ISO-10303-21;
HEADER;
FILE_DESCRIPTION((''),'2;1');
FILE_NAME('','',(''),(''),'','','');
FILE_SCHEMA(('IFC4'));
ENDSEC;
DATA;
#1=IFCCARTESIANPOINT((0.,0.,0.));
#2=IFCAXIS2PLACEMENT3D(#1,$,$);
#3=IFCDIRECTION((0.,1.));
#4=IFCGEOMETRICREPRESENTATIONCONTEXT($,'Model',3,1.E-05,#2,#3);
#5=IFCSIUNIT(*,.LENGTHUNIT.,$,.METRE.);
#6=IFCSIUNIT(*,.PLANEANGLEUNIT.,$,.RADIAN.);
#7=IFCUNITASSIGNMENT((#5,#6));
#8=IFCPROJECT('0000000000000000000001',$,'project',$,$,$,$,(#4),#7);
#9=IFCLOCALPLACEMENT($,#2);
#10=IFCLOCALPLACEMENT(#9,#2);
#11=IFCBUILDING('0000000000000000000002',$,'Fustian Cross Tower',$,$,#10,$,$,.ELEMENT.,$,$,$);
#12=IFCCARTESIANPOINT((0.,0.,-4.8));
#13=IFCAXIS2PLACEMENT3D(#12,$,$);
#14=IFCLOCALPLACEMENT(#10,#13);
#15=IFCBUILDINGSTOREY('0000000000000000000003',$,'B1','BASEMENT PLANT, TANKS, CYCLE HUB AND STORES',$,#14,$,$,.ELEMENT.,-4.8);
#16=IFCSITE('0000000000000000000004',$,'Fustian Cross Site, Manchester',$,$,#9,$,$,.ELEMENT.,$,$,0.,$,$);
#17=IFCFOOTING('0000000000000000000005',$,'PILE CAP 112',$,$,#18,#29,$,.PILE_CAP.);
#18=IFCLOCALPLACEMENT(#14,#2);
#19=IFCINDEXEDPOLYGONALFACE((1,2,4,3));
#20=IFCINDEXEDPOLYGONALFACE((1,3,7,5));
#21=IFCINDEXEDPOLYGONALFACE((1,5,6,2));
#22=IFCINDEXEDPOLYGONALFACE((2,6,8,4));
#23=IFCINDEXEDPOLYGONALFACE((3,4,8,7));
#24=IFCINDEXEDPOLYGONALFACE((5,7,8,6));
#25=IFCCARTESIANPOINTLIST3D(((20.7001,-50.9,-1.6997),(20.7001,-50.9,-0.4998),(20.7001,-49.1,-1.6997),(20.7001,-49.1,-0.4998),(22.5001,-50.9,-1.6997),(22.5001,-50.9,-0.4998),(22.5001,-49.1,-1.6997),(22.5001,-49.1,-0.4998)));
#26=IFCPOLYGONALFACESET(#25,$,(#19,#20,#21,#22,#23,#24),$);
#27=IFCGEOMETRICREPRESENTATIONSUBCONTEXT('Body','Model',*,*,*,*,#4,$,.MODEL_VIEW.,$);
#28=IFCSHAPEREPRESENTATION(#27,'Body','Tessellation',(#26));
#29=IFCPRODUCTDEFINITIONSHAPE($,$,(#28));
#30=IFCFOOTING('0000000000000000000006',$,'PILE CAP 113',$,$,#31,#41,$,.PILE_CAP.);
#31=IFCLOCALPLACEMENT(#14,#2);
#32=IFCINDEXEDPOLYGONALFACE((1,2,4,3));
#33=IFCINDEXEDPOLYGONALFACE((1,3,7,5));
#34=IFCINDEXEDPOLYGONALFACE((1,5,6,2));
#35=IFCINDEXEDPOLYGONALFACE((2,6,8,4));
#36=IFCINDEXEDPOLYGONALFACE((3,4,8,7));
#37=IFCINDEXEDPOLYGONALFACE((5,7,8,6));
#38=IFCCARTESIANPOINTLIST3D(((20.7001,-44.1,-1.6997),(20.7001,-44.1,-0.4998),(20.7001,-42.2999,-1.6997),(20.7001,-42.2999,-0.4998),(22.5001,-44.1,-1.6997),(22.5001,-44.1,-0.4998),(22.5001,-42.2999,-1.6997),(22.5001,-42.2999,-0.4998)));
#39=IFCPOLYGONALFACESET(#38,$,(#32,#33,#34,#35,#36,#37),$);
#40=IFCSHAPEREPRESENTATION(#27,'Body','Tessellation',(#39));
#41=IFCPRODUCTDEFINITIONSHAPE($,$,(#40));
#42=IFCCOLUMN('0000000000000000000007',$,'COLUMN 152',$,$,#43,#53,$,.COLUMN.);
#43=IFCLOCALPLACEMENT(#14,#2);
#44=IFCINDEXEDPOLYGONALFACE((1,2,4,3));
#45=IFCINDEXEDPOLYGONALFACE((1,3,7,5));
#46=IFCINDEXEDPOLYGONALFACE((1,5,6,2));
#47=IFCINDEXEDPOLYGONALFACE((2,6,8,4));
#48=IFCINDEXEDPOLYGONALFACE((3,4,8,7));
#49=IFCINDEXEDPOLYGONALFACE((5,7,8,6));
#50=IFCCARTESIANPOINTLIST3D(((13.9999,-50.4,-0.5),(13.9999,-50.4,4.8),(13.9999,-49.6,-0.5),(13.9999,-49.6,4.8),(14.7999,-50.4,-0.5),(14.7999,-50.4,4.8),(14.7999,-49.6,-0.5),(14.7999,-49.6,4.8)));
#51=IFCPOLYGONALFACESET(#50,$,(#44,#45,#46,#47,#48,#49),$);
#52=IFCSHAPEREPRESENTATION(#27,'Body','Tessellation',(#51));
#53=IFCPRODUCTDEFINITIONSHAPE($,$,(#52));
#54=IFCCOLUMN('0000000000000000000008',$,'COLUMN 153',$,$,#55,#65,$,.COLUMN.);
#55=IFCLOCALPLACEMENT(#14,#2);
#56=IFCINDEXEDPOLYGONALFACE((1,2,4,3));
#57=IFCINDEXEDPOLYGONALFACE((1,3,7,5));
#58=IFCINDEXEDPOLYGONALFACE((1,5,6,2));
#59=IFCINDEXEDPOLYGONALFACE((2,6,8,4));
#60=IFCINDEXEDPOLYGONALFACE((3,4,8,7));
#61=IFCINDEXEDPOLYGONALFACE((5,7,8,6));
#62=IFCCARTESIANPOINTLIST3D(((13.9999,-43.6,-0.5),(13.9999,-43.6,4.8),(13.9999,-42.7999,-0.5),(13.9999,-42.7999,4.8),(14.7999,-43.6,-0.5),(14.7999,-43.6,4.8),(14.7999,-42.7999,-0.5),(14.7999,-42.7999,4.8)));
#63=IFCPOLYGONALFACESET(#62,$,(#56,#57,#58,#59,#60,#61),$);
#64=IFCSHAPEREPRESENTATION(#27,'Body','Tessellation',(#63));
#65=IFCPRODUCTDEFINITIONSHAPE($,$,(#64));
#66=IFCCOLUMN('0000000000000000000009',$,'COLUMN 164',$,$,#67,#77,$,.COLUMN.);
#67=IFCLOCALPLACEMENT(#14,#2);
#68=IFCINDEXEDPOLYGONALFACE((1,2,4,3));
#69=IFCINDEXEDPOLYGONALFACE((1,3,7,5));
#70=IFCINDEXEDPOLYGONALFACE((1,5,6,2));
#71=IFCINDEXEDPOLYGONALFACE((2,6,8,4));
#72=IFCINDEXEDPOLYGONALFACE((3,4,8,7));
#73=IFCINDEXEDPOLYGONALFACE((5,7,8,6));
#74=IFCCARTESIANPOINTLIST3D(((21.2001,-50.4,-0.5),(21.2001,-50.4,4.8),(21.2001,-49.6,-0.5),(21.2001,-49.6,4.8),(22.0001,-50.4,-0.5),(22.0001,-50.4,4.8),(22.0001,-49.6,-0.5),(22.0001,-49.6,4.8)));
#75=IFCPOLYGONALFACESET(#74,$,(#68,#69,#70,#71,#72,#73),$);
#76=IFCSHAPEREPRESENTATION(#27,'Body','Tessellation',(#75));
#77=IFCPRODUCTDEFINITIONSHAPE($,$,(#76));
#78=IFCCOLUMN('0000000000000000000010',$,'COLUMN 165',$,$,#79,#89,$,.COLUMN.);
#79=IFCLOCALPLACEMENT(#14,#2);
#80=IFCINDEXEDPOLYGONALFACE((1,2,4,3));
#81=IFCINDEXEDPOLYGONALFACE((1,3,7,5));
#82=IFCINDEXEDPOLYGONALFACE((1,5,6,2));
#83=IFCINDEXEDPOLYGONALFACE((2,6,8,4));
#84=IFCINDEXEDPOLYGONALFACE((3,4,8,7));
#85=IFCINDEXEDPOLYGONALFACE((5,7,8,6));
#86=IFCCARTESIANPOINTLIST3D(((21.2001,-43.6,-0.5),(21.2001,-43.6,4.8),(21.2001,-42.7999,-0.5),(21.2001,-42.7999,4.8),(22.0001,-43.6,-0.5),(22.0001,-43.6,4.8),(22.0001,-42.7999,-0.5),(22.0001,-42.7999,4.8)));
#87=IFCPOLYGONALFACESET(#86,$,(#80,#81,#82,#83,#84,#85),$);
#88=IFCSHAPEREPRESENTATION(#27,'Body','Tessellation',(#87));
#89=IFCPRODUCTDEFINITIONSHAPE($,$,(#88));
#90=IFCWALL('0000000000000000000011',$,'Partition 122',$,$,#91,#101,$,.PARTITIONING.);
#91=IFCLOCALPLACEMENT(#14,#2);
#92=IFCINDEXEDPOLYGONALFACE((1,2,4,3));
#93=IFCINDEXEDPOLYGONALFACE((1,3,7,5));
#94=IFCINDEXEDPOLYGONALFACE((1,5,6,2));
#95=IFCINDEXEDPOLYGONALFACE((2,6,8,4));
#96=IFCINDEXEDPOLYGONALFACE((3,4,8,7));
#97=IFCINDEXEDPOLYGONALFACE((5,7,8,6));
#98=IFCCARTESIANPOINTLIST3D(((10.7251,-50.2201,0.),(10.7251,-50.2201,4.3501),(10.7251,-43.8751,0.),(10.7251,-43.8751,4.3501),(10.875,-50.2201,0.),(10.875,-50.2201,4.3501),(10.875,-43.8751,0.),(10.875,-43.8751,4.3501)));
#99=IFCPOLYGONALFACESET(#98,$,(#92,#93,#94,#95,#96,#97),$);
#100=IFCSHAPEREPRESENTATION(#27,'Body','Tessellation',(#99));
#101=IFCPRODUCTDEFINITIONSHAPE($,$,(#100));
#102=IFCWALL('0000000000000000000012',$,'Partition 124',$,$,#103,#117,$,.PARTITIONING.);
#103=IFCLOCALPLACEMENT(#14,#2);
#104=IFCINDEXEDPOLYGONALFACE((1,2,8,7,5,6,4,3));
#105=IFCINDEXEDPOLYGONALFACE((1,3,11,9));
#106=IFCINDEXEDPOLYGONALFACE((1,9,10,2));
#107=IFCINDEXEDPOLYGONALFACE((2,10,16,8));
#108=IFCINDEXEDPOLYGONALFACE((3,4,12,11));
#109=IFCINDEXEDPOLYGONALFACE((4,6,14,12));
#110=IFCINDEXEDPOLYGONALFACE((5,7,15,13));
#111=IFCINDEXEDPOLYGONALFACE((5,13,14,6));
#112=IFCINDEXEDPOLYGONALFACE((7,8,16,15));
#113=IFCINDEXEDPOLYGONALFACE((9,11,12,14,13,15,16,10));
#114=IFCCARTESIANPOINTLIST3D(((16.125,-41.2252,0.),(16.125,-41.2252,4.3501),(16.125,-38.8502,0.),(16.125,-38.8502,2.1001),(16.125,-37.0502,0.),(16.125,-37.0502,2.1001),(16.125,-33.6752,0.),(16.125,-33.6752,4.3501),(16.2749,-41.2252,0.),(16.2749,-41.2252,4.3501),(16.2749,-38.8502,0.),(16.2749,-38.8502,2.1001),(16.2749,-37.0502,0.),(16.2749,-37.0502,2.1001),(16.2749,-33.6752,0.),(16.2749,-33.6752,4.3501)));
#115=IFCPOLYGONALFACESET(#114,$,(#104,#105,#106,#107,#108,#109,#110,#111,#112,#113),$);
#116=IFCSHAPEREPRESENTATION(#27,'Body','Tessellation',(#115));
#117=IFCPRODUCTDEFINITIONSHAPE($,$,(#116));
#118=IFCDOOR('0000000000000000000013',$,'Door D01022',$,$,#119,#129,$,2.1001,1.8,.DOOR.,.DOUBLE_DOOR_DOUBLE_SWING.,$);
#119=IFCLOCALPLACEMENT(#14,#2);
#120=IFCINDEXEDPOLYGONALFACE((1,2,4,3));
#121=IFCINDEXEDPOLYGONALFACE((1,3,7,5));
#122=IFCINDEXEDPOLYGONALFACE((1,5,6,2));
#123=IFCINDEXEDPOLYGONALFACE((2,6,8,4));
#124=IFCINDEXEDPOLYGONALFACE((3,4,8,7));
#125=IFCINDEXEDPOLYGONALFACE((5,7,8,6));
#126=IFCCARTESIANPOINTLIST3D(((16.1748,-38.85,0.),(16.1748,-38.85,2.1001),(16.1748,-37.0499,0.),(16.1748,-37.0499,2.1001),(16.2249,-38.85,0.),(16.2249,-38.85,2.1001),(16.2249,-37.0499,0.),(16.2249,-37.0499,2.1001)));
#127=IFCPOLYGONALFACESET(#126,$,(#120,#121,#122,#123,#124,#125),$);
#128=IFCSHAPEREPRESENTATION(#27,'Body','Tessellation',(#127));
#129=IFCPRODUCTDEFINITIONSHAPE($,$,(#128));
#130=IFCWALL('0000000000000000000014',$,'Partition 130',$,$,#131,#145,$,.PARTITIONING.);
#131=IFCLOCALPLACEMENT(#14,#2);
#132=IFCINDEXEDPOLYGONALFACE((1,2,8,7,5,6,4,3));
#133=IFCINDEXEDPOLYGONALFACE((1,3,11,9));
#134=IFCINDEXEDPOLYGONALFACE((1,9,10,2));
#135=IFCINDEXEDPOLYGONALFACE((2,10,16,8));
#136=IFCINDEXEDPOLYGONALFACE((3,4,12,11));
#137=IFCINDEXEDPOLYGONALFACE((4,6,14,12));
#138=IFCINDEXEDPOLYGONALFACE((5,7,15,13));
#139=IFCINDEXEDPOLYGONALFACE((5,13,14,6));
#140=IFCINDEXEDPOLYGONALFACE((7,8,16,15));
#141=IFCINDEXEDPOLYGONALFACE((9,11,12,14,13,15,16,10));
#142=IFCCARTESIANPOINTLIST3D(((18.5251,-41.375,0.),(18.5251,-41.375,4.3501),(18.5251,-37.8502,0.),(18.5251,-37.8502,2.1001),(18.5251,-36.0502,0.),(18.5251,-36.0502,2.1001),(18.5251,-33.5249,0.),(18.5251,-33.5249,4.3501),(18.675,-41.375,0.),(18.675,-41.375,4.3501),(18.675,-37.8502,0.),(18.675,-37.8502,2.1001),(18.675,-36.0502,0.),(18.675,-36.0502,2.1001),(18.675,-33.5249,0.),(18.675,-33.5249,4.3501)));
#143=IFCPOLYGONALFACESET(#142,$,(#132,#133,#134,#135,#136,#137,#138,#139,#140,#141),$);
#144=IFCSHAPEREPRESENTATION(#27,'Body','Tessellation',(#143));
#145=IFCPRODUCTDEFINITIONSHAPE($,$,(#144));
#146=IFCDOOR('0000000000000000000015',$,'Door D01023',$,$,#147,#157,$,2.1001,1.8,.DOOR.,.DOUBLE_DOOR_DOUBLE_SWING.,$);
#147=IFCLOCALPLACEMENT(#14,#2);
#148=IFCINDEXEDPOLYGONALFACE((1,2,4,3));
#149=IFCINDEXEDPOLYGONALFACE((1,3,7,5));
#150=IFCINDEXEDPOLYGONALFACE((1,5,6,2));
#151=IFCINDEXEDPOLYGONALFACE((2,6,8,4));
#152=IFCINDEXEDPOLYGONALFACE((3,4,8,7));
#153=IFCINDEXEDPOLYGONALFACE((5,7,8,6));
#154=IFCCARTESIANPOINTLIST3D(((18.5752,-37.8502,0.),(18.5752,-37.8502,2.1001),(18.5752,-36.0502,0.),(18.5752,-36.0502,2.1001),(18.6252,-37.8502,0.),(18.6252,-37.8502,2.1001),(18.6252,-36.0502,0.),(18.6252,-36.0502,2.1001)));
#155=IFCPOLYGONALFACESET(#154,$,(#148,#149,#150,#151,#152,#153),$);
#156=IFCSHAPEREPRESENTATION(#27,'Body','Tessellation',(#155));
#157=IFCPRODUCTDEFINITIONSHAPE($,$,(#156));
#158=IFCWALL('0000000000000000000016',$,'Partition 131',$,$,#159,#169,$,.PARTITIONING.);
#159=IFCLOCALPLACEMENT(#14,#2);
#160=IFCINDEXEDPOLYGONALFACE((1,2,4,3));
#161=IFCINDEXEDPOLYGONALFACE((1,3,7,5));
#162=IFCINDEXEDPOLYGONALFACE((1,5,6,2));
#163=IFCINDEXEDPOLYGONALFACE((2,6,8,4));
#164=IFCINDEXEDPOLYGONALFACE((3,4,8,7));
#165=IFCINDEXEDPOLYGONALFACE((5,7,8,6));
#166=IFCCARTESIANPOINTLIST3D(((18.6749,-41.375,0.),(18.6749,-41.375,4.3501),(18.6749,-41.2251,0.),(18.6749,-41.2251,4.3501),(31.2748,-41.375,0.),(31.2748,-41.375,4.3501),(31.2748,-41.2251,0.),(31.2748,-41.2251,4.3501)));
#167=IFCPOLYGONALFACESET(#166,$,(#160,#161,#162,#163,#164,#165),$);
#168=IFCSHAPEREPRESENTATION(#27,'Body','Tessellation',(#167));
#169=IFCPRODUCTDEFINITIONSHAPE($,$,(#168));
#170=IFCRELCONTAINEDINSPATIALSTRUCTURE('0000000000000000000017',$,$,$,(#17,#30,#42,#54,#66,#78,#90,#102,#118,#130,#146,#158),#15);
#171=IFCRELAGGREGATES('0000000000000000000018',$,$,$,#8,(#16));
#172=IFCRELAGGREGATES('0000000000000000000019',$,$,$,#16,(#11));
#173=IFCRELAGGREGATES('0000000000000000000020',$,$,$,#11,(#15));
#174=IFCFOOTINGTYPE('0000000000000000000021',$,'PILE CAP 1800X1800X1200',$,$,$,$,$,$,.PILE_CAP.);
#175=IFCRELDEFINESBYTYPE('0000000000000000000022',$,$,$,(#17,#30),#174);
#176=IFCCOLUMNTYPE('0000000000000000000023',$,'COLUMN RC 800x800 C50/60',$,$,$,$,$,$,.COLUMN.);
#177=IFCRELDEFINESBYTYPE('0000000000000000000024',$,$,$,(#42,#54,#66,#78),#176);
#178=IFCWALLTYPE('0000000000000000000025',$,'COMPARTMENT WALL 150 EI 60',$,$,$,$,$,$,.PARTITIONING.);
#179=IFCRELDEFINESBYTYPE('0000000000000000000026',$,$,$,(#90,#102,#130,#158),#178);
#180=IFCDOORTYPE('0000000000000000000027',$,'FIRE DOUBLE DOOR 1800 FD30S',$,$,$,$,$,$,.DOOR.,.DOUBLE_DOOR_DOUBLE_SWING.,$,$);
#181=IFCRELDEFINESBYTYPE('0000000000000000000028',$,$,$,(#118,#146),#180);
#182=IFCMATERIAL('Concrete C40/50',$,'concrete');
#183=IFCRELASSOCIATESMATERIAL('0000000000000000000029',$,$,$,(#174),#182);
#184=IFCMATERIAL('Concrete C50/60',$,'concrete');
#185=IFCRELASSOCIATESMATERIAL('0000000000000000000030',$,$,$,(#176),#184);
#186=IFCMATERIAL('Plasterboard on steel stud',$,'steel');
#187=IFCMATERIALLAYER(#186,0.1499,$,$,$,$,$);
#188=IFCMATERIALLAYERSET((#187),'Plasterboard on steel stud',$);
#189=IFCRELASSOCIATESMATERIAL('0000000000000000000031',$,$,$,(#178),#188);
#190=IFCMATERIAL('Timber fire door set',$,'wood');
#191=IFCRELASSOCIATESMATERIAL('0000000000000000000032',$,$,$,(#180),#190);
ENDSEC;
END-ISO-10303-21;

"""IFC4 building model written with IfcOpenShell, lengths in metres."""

from ifc_helpers import new_model, si_unit, direction, frame, frame_2d, origin, origin_2d, place, context, subcontext, project, spatial, rectangle, extrude, material, layer, layer_set, material_profile, profile_set, type_object, element, fill, save


model = new_model("IFC4")

# Units and contexts
model_context = context("Model", 3, precision=1e-05, world=origin(), true_north=direction((0.0, 1.0)))
body_context = subcontext(model_context, "Body", "Model", "MODEL_VIEW")
ifc_project = project(units=[si_unit("LENGTHUNIT", "METRE"), si_unit("PLANEANGLEUNIT", "RADIAN")], contexts=[model_context])

# Site, building, storey
site_placement = place(None, origin())
site = spatial("IfcSite", under=ifc_project, at=site_placement, Name="Fustian Cross Site, Manchester", CompositionType="ELEMENT", RefElevation=0.0)
building_placement = place(site_placement, origin())
building = spatial("IfcBuilding", under=site, at=building_placement, Name="Fustian Cross Tower", CompositionType="ELEMENT")
storey_placement = place(building_placement, frame((0.0, 0.0, -4.8)))
storey = spatial("IfcBuildingStorey", under=building, at=storey_placement, Name="B1", Description="BASEMENT PLANT, TANKS, CYCLE HUB AND STORES", CompositionType="ELEMENT", Elevation=-4.8)

# Footings
ifc_material_1 = material(Name="Concrete C40/50", Category="concrete")
footing_type_1 = type_object("IfcFootingType", Name="PILE CAP 1800X1800X1200", PredefinedType="PILE_CAP", material=ifc_material_1)
for number, where, z_axis, x_axis, name in (
    (1, (21.6001, -50.0, -1.6997), (0.0, 0.0, 1.0), (1.0, 0.0, 0.0), "PILE CAP 112"),
    (2, (21.6001, -43.2, -1.6997), (0.0, 0.0, 1.0), (1.0, 0.0, 0.0), "PILE CAP 113"),
):
    element("IfcFooting", number, at=place(storey_placement, frame(where, z_axis=z_axis, x_axis=x_axis)), inside=storey, type_object=footing_type_1, Name=name, PredefinedType="PILE_CAP", context=body_context, shape_type="SweptSolid", body=[
        extrude(rectangle(XDim=1.8, YDim=1.8, at=origin_2d()), origin(), (0.0, 0.0, 1.0), 1.2),
    ])

# Columns
ifc_material_2 = material(Name="Concrete C50/60", Category="concrete")
ifc_material_profile_1 = material_profile(ifc_material_2, rectangle(XDim=0.8, YDim=0.8, at=origin_2d()), Name="RC 800x800")
ifc_profile_set_1 = profile_set([ifc_material_profile_1], Name="Concrete C50/60")
column_type = type_object("IfcColumnType", Name="COLUMN RC 800x800 C50/60", PredefinedType="COLUMN", material=ifc_profile_set_1)
for number, where, z_axis, x_axis, name in (
    (3, (14.3999, -50.0, -0.5), (0.0, 0.0, 1.0), (1.0, 0.0, 0.0), "COLUMN 152"),
    (4, (14.3999, -43.2, -0.5), (0.0, 0.0, 1.0), (1.0, 0.0, 0.0), "COLUMN 153"),
    (5, (21.6001, -50.0, -0.5), (0.0, 0.0, 1.0), (1.0, 0.0, 0.0), "COLUMN 164"),
    (6, (21.6001, -43.2, -0.5), (0.0, 0.0, 1.0), (1.0, 0.0, 0.0), "COLUMN 165"),
):
    element("IfcColumn", number, at=place(storey_placement, frame(where, z_axis=z_axis, x_axis=x_axis)), inside=storey, type_object=column_type, Name=name, PredefinedType="COLUMN", context=body_context, shape_type="SweptSolid", body=[
        extrude(rectangle(XDim=0.8, YDim=0.8, at=origin_2d()), origin(), (0.0, 0.0, 1.0), 5.3),
    ])

# Wall
ifc_material_3 = material(Name="Plasterboard on steel stud", Category="steel")
ifc_layer = layer(ifc_material_3, 0.1499)
ifc_layer_set = layer_set([ifc_layer], Name="Plasterboard on steel stud")
wall_type = type_object("IfcWallType", Name="COMPARTMENT WALL 150 EI 60", PredefinedType="PARTITIONING", material=ifc_layer_set)
wall_1_placement = place(storey_placement, frame((10.8, -50.22, 0.0), z_axis=(0.0, 0.0, 1.0), x_axis=(0.0, 1.0, 0.0)))
element("IfcWall", 7, at=wall_1_placement, inside=storey, type_object=wall_type, Name="Partition 122", PredefinedType="PARTITIONING", context=body_context, shape_type="SweptSolid", body=[
    extrude(rectangle(XDim=6.345, YDim=0.1499, at=frame_2d((3.1724, 0.0))), origin(), (0.0, 0.0, 1.0), 4.3501),
])

# Walls, openings, doors
wall_2_placement = place(storey_placement, frame((16.2, -41.2251, 0.0), z_axis=(0.0, 0.0, 1.0), x_axis=(0.0, 1.0, 0.0)))
wall_2 = element("IfcWall", 8, at=wall_2_placement, inside=storey, type_object=wall_type, Name="Partition 124", PredefinedType="PARTITIONING", context=body_context, shape_type="SweptSolid", body=[
    extrude(rectangle(XDim=7.55, YDim=0.1499, at=frame_2d((3.7749, 0.0))), origin(), (0.0, 0.0, 1.0), 4.3501),
])
opening_1_placement = place(wall_2_placement, frame((2.375, 0.0, 0.0)))
opening_1 = element("IfcOpeningElement", 9, at=opening_1_placement, cuts=wall_2, PredefinedType="OPENING", context=body_context, shape_type="SweptSolid", body=[
    extrude(rectangle(XDim=1.8, YDim=2.1001, at=frame_2d((0.8999, 1.05))), frame((0.0, 0.085, 0.0), z_axis=(0.0, -1.0, 0.0), x_axis=(1.0, 0.0, 0.0)), (0.0, 0.0, 1.0), 0.1699),
])
ifc_material_4 = material(Name="Timber fire door set", Category="wood")
door_type = type_object("IfcDoorType", Name="FIRE DOUBLE DOOR 1800 FD30S", OperationType="DOUBLE_DOOR_DOUBLE_SWING", PredefinedType="DOOR", material=ifc_material_4)
door_1_placement = place(opening_1_placement, frame((1.8, 0.0, 0.0), z_axis=(0.0, 0.0, 1.0), x_axis=(-1.0, 0.0, 0.0)))
door_1 = element("IfcDoor", 10, at=door_1_placement, inside=storey, type_object=door_type, Name="Door D01022", OperationType="DOUBLE_DOOR_DOUBLE_SWING", OverallHeight=2.1001, OverallWidth=1.8, PredefinedType="DOOR", context=body_context, shape_type="SweptSolid", body=[
    extrude(rectangle(XDim=1.8, YDim=2.1001, at=frame_2d((0.8999, 1.05))), frame((0.0, 0.0249, 0.0), z_axis=(0.0, -1.0, 0.0), x_axis=(1.0, 0.0, 0.0)), (0.0, 0.0, 1.0), 0.05),
])
fill(opening_1, door_1)
wall_3_placement = place(storey_placement, frame((18.6001, -41.375, 0.0), z_axis=(0.0, 0.0, 1.0), x_axis=(0.0, 1.0, 0.0)))
wall_3 = element("IfcWall", 11, at=wall_3_placement, inside=storey, type_object=wall_type, Name="Partition 130", PredefinedType="PARTITIONING", context=body_context, shape_type="SweptSolid", body=[
    extrude(rectangle(XDim=7.8501, YDim=0.1499, at=frame_2d((3.925, 0.0))), origin(), (0.0, 0.0, 1.0), 4.3501),
])
opening_2_placement = place(wall_3_placement, frame((3.5249, 0.0, 0.0)))
opening_2 = element("IfcOpeningElement", 12, at=opening_2_placement, cuts=wall_3, PredefinedType="OPENING", context=body_context, shape_type="SweptSolid", body=[
    extrude(rectangle(XDim=1.8, YDim=2.1001, at=frame_2d((0.8999, 1.05))), frame((0.0, 0.085, 0.0), z_axis=(0.0, -1.0, 0.0), x_axis=(1.0, 0.0, 0.0)), (0.0, 0.0, 1.0), 0.1699),
])
door_2_placement = place(opening_2_placement, origin())
door_2 = element("IfcDoor", 13, at=door_2_placement, inside=storey, type_object=door_type, Name="Door D01023", OperationType="DOUBLE_DOOR_DOUBLE_SWING", OverallHeight=2.1001, OverallWidth=1.8, PredefinedType="DOOR", context=body_context, shape_type="SweptSolid", body=[
    extrude(rectangle(XDim=1.8, YDim=2.1001, at=frame_2d((0.8999, 1.05))), frame((0.0, 0.0249, 0.0), z_axis=(0.0, -1.0, 0.0), x_axis=(1.0, 0.0, 0.0)), (0.0, 0.0, 1.0), 0.05),
])
fill(opening_2, door_2)

# Wall
wall_4_placement = place(storey_placement, frame((18.675, -41.3, 0.0), z_axis=(0.0, 0.0, 1.0), x_axis=(1.0, 0.0, 0.0)))
element("IfcWall", 14, at=wall_4_placement, inside=storey, type_object=wall_type, Name="Partition 131", PredefinedType="PARTITIONING", context=body_context, shape_type="SweptSolid", body=[
    extrude(rectangle(XDim=12.5999, YDim=0.1499, at=frame_2d((6.2998, 0.0))), origin(), (0.0, 0.0, 1.0), 4.3501),
])

save(model, "model.ifc")
